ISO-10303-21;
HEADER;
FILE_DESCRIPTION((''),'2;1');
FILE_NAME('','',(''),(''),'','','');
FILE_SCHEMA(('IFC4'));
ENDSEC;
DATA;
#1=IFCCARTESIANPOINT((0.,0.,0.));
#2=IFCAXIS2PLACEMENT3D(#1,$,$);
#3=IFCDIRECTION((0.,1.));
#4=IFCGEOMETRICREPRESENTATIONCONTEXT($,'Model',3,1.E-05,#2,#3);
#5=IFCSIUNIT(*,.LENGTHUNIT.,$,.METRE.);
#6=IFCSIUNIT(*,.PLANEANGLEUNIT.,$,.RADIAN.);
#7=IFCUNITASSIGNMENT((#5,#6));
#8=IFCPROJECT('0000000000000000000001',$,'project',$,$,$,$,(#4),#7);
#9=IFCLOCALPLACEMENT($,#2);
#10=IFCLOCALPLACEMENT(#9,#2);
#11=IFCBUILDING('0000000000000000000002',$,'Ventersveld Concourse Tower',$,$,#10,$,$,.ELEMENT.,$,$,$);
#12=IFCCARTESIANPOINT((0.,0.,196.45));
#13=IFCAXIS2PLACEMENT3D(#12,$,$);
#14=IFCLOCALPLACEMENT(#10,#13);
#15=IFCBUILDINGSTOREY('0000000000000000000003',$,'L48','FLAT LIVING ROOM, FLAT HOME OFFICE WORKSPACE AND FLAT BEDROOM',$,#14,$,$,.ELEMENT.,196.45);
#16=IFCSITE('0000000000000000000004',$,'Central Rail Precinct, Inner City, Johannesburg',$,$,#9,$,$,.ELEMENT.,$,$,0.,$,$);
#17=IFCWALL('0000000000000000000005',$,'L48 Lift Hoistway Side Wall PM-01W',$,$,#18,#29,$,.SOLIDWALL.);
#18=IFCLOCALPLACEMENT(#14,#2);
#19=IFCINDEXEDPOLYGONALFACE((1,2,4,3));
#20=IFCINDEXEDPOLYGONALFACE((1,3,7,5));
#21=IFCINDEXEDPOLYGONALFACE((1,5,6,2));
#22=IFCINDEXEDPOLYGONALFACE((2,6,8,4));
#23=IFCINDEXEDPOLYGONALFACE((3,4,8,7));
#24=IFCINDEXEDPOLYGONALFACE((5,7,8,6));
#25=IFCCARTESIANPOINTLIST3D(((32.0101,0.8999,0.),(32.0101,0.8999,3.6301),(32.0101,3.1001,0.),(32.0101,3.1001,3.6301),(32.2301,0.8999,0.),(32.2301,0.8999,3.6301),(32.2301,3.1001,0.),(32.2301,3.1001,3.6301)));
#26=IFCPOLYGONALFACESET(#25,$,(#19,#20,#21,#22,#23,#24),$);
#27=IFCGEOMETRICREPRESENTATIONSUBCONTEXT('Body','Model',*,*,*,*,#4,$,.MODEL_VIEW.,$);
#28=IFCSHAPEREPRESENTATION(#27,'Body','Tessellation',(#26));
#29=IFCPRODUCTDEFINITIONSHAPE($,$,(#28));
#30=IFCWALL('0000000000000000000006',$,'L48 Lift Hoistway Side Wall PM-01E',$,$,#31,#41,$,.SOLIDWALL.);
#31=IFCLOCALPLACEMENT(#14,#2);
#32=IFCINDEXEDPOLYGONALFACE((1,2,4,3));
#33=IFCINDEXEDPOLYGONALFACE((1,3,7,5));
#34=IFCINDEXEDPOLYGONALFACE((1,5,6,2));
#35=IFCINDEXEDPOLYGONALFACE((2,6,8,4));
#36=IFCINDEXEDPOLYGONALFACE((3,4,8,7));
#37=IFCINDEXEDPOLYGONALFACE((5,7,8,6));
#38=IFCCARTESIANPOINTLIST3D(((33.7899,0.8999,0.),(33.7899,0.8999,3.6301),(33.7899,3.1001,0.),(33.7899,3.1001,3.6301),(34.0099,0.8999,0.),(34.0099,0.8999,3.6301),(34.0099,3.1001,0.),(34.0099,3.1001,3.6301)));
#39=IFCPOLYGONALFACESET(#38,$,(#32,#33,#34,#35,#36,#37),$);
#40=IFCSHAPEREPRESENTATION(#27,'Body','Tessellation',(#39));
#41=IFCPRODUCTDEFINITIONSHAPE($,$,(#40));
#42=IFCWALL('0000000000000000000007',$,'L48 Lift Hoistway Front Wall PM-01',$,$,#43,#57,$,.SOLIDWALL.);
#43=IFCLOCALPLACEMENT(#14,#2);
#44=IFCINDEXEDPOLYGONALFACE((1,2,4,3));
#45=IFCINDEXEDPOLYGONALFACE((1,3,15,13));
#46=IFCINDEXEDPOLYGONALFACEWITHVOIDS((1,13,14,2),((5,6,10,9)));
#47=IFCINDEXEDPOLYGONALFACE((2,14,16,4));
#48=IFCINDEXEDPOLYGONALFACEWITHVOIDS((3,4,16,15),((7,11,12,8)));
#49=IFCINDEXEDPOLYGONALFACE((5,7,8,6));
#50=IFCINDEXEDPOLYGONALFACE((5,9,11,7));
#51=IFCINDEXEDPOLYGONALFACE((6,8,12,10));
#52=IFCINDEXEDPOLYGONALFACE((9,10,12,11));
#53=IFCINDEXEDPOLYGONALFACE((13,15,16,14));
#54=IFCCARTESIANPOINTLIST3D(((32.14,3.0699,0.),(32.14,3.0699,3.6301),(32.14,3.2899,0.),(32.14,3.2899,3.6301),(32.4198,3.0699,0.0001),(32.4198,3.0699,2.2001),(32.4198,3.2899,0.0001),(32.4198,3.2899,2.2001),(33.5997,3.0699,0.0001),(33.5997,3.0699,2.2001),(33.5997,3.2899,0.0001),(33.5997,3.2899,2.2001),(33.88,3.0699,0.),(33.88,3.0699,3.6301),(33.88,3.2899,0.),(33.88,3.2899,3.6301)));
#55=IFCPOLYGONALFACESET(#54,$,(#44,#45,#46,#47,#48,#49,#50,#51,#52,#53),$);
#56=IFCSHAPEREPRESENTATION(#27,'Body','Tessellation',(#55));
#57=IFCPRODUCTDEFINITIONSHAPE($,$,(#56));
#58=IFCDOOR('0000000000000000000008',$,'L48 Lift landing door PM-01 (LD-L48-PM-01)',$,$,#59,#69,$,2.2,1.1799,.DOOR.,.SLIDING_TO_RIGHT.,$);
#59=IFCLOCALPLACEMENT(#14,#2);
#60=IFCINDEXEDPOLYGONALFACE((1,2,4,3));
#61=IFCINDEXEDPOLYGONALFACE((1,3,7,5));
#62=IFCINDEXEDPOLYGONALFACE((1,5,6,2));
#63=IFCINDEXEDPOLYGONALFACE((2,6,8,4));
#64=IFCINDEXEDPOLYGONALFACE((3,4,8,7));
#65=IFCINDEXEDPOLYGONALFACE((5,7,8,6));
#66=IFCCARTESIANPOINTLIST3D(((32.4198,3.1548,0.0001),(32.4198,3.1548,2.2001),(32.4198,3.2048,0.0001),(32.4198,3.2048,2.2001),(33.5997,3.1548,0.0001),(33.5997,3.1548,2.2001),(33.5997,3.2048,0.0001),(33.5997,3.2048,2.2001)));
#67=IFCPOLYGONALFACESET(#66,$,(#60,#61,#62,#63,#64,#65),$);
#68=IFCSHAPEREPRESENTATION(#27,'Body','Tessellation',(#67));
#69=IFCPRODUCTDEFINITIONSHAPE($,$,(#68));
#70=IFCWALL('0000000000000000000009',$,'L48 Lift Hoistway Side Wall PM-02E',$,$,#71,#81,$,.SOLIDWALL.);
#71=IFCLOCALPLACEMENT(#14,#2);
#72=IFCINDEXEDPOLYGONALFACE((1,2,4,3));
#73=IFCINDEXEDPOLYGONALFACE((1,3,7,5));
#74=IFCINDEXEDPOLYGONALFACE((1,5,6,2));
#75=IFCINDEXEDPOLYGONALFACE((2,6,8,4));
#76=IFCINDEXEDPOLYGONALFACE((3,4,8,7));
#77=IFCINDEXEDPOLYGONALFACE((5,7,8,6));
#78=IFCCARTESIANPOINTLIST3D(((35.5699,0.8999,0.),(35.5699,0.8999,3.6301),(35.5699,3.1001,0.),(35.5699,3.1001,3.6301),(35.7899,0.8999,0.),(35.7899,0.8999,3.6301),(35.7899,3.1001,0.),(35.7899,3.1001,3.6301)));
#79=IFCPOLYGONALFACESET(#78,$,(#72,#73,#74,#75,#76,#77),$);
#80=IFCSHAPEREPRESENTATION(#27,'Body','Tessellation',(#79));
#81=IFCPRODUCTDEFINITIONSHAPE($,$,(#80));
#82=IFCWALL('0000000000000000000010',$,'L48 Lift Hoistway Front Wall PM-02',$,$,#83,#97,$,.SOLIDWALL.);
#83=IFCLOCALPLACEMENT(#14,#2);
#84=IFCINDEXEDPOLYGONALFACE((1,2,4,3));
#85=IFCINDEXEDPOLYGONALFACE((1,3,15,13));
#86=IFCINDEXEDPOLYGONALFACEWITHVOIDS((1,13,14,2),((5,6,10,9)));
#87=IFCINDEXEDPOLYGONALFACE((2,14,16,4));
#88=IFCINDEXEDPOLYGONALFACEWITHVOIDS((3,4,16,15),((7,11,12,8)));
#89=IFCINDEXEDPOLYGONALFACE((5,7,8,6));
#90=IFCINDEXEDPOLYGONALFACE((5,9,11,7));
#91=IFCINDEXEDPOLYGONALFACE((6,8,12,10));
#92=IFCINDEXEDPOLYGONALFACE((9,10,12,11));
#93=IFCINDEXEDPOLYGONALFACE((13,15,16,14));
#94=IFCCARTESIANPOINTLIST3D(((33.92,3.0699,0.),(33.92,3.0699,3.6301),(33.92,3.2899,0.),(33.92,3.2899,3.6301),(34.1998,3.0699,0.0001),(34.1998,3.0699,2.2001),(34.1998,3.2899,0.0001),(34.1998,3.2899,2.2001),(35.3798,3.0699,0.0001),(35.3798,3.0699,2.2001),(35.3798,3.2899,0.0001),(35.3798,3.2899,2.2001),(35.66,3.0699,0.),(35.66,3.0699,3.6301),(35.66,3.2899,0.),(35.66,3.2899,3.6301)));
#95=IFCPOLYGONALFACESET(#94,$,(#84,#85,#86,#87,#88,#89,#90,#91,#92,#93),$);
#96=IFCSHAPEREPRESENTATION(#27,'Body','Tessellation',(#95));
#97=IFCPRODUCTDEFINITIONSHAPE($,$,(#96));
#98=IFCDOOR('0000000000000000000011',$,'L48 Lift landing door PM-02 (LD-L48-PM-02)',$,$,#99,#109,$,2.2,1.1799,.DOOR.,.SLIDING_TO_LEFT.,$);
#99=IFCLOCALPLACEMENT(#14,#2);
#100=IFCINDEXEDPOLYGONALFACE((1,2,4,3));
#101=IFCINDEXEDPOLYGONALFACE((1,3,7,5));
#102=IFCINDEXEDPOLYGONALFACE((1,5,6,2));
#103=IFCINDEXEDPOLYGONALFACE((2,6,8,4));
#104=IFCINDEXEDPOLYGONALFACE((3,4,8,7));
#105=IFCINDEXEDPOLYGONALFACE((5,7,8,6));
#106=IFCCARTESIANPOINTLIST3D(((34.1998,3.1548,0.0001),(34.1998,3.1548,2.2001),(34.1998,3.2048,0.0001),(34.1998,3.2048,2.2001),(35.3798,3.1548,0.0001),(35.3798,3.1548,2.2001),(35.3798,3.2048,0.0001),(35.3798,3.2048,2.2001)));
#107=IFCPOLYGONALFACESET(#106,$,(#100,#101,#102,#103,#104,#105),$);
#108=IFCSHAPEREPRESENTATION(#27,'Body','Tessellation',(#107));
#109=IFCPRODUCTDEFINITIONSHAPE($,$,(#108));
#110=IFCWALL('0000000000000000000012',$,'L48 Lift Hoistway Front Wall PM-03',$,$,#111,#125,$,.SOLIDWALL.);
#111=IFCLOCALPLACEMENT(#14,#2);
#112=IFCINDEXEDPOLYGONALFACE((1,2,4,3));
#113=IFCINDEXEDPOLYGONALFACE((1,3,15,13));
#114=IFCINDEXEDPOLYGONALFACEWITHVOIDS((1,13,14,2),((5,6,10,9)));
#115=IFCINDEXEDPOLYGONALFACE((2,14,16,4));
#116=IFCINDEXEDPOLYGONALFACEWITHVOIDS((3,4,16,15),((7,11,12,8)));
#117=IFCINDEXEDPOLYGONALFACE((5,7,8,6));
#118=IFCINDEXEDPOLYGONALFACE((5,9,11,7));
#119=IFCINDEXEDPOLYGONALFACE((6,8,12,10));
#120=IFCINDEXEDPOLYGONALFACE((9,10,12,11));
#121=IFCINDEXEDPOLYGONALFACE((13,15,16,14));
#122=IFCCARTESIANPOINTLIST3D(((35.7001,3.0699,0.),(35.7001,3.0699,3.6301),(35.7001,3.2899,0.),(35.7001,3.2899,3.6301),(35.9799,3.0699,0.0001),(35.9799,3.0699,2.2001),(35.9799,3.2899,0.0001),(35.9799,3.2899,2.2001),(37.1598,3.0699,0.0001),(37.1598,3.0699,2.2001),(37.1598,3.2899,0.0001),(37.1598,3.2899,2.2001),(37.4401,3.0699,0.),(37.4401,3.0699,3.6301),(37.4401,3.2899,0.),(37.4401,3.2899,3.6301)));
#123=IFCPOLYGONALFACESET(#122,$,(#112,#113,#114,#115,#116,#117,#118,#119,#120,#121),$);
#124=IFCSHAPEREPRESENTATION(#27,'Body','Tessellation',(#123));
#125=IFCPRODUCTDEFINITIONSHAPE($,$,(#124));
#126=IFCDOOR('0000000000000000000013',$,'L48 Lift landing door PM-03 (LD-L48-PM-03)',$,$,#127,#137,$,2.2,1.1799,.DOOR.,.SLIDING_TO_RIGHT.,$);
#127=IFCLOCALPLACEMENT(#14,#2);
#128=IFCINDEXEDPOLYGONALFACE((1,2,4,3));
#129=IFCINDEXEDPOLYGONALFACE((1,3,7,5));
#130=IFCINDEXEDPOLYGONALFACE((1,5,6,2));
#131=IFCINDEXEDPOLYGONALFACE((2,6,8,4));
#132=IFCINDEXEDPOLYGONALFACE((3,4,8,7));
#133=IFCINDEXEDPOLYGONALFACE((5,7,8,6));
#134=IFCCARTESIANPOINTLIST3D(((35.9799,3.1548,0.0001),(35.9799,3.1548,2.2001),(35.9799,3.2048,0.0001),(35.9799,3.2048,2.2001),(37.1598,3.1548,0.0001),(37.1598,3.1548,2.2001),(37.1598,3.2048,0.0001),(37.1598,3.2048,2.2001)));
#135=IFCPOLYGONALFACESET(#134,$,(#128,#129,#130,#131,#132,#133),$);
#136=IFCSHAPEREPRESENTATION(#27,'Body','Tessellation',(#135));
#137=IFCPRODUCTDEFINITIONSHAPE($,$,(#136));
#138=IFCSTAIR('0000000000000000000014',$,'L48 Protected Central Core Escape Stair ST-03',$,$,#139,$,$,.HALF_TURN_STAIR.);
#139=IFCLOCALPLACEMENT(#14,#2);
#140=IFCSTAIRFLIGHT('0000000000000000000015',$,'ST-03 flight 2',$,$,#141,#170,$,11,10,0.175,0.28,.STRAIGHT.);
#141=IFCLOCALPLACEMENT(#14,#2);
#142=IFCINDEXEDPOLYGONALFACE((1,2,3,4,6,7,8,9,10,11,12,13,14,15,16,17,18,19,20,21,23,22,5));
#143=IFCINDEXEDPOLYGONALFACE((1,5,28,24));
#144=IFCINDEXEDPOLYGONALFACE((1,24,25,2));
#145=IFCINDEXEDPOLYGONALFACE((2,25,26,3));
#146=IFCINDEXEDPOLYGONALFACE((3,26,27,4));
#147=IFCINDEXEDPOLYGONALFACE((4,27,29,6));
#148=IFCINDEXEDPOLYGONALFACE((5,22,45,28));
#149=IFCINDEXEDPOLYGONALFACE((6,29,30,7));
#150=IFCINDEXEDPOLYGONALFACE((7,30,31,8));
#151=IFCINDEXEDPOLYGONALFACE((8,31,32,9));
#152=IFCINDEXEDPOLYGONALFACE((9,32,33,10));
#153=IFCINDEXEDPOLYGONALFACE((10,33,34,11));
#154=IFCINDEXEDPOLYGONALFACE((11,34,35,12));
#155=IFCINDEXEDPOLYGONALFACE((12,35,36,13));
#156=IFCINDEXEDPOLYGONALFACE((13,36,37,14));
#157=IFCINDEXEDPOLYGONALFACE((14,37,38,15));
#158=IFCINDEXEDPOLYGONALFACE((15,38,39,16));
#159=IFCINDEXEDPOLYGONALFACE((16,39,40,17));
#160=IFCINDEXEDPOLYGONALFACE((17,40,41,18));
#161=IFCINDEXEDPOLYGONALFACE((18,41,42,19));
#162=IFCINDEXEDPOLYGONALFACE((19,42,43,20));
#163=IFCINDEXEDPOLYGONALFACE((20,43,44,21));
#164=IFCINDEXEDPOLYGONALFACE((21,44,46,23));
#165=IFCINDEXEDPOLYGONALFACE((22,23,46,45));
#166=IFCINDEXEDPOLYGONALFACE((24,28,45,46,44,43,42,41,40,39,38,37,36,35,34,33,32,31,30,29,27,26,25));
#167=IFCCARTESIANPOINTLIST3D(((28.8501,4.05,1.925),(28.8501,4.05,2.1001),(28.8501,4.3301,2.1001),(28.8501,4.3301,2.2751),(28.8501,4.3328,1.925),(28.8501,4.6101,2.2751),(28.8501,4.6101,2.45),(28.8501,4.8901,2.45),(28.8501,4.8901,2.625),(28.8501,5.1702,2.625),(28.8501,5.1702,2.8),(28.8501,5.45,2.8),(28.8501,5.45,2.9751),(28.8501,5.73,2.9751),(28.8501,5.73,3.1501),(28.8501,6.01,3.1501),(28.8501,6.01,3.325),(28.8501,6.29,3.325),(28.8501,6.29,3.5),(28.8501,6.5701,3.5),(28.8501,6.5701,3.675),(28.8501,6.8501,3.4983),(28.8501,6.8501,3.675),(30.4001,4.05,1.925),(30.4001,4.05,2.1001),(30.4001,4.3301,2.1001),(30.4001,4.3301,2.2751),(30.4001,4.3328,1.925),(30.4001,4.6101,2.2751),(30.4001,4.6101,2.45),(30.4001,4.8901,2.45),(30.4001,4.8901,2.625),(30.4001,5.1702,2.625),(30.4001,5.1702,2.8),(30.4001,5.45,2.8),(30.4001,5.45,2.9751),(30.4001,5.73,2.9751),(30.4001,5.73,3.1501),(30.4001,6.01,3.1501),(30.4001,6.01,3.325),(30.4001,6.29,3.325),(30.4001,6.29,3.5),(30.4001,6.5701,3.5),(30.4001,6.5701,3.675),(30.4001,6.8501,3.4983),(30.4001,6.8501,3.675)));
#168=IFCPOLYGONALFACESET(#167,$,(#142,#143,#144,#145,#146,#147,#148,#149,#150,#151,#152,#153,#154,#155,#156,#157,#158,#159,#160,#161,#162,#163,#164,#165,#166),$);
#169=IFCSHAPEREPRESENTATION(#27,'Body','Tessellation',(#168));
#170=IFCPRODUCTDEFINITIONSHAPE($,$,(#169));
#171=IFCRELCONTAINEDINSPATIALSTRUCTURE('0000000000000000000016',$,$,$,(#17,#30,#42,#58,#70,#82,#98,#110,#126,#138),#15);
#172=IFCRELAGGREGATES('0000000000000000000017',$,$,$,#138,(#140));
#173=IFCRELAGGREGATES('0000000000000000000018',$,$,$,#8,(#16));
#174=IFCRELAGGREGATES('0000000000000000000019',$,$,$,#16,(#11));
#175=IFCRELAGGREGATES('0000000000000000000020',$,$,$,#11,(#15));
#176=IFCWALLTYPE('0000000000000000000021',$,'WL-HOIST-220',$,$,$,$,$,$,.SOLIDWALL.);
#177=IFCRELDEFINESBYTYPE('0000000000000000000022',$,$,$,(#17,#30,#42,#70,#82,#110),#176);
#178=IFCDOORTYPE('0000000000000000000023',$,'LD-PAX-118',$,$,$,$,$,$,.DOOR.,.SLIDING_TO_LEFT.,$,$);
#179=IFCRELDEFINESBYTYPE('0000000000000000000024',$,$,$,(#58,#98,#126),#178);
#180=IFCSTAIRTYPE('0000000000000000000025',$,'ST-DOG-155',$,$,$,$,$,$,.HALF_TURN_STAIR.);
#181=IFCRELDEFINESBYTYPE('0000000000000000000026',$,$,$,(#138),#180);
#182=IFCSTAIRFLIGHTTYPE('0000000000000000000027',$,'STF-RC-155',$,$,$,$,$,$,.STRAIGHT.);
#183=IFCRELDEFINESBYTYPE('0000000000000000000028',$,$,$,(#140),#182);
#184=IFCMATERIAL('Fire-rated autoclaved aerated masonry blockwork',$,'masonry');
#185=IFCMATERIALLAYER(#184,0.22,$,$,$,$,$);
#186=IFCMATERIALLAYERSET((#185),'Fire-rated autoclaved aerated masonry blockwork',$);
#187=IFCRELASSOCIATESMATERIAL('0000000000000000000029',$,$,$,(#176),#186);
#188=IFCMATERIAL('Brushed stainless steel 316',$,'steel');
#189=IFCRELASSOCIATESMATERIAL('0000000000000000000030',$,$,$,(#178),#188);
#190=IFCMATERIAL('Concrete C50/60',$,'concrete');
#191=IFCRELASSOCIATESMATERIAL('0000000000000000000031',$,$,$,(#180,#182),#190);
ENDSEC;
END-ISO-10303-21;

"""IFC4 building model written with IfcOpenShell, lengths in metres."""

from ifc_helpers import new_model, si_unit, direction, frame, frame_2d, origin, place, context, subcontext, project, spatial, polyline, rectangle, outline, extrude, material, layer, layer_set, type_object, element, fill, aggregate, save


model = new_model("IFC4")

# Units and contexts
model_context = context("Model", 3, precision=1e-05, world=origin(), true_north=direction((0.0, 1.0)))
body_context = subcontext(model_context, "Body", "Model", "MODEL_VIEW")
ifc_project = project(units=[si_unit("LENGTHUNIT", "METRE"), si_unit("PLANEANGLEUNIT", "RADIAN")], contexts=[model_context])

# Site, building, storey
site_placement = place(None, origin())
site = spatial("IfcSite", under=ifc_project, at=site_placement, Name="Central Rail Precinct, Inner City, Johannesburg", CompositionType="ELEMENT", RefElevation=0.0)
building_placement = place(site_placement, origin())
building = spatial("IfcBuilding", under=site, at=building_placement, Name="Ventersveld Concourse Tower", CompositionType="ELEMENT")
storey_placement = place(building_placement, frame((0.0, 0.0, 196.45)))
storey = spatial("IfcBuildingStorey", under=building, at=storey_placement, Name="L48", Description="FLAT LIVING ROOM, FLAT HOME OFFICE WORKSPACE AND FLAT BEDROOM", CompositionType="ELEMENT", Elevation=196.45)

# Shared definitions
ifc_material_1 = material(Name="Concrete C50/60", Category="concrete")

# Walls
ifc_material_2 = material(Name="Fire-rated autoclaved aerated masonry blockwork", Category="masonry")
ifc_layer_1 = layer(ifc_material_2, 0.22)
ifc_layer_set_1 = layer_set([ifc_layer_1], Name="Fire-rated autoclaved aerated masonry blockwork")
wall_type_1 = type_object("IfcWallType", Name="WL-HOIST-220", PredefinedType="SOLIDWALL", material=ifc_layer_set_1)
for number, where, z_axis, x_axis, name in (
    (1, (32.1201, 0.8999, 0.0), (0.0, 0.0, 1.0), (0.0, 1.0, 0.0), "L48 Lift Hoistway Side Wall PM-01W"),
    (2, (33.8999, 0.8999, 0.0), (0.0, 0.0, 1.0), (0.0, 1.0, 0.0), "L48 Lift Hoistway Side Wall PM-01E"),
):
    element("IfcWall", number, at=place(storey_placement, frame(where, z_axis=z_axis, x_axis=x_axis)), inside=storey, type_object=wall_type_1, Name=name, PredefinedType="SOLIDWALL", context=body_context, shape_type="SweptSolid", body=[
        extrude(rectangle(XDim=2.2002, YDim=0.22, at=frame_2d((1.1001, 0.0))), origin(), (0.0, 0.0, 1.0), 3.6301),
    ])

# Wall, opening, door
wall_1_placement = place(storey_placement, frame((32.1399, 3.1799, 0.0), z_axis=(0.0, 0.0, 1.0), x_axis=(1.0, 0.0, 0.0)))
wall_1 = element("IfcWall", 3, at=wall_1_placement, inside=storey, type_object=wall_type_1, Name="L48 Lift Hoistway Front Wall PM-01", PredefinedType="SOLIDWALL", context=body_context, shape_type="SweptSolid", body=[
    extrude(rectangle(XDim=1.74, YDim=0.22, at=frame_2d((0.8701, 0.0))), origin(), (0.0, 0.0, 1.0), 3.6301),
])
opening_1_placement = place(wall_1_placement, frame((0.28, 0.0, 0.0)))
opening_1 = element("IfcOpeningElement", 4, at=opening_1_placement, cuts=wall_1, PredefinedType="OPENING", context=body_context, shape_type="SweptSolid", body=[
    extrude(rectangle(XDim=1.1799, YDim=2.2, at=frame_2d((0.5898, 1.1001))), frame((0.0, 0.1201, 0.0), z_axis=(0.0, -1.0, 0.0), x_axis=(1.0, 0.0, 0.0)), (0.0, 0.0, 1.0), 0.24),
])
ifc_material_3 = material(Name="Brushed stainless steel 316", Category="steel")
door_type = type_object("IfcDoorType", Name="LD-PAX-118", OperationType="SLIDING_TO_LEFT", PredefinedType="DOOR", material=ifc_material_3)
door_1_placement = place(opening_1_placement, origin())
door_1 = element("IfcDoor", 5, at=door_1_placement, inside=storey, type_object=door_type, Name="L48 Lift landing door PM-01 (LD-L48-PM-01)", OperationType="SLIDING_TO_RIGHT", OverallHeight=2.2, OverallWidth=1.1799, PredefinedType="DOOR", context=body_context, shape_type="SweptSolid", body=[
    extrude(rectangle(XDim=1.1799, YDim=2.2, at=frame_2d((0.5898, 1.1001))), frame((0.0, 0.0249, 0.0), z_axis=(0.0, -1.0, 0.0), x_axis=(1.0, 0.0, 0.0)), (0.0, 0.0, 1.0), 0.05),
])
fill(opening_1, door_1)

# Wall
wall_2_placement = place(storey_placement, frame((35.6799, 0.8999, 0.0), z_axis=(0.0, 0.0, 1.0), x_axis=(0.0, 1.0, 0.0)))
element("IfcWall", 6, at=wall_2_placement, inside=storey, type_object=wall_type_1, Name="L48 Lift Hoistway Side Wall PM-02E", PredefinedType="SOLIDWALL", context=body_context, shape_type="SweptSolid", body=[
    extrude(rectangle(XDim=2.2002, YDim=0.22, at=frame_2d((1.1001, 0.0))), origin(), (0.0, 0.0, 1.0), 3.6301),
])

# Walls, openings, doors
wall_3_placement = place(storey_placement, frame((33.9199, 3.1799, 0.0), z_axis=(0.0, 0.0, 1.0), x_axis=(1.0, 0.0, 0.0)))
wall_3 = element("IfcWall", 7, at=wall_3_placement, inside=storey, type_object=wall_type_1, Name="L48 Lift Hoistway Front Wall PM-02", PredefinedType="SOLIDWALL", context=body_context, shape_type="SweptSolid", body=[
    extrude(rectangle(XDim=1.74, YDim=0.22, at=frame_2d((0.8701, 0.0))), origin(), (0.0, 0.0, 1.0), 3.6301),
])
opening_2_placement = place(wall_3_placement, frame((0.28, 0.0, 0.0)))
opening_2 = element("IfcOpeningElement", 8, at=opening_2_placement, cuts=wall_3, PredefinedType="OPENING", context=body_context, shape_type="SweptSolid", body=[
    extrude(rectangle(XDim=1.1799, YDim=2.2, at=frame_2d((0.5898, 1.1001))), frame((0.0, 0.1201, 0.0), z_axis=(0.0, -1.0, 0.0), x_axis=(1.0, 0.0, 0.0)), (0.0, 0.0, 1.0), 0.24),
])
door_2_placement = place(opening_2_placement, origin())
door_2 = element("IfcDoor", 9, at=door_2_placement, inside=storey, type_object=door_type, Name="L48 Lift landing door PM-02 (LD-L48-PM-02)", OperationType="SLIDING_TO_LEFT", OverallHeight=2.2, OverallWidth=1.1799, PredefinedType="DOOR", context=body_context, shape_type="SweptSolid", body=[
    extrude(rectangle(XDim=1.1799, YDim=2.2, at=frame_2d((0.5898, 1.1001))), frame((0.0, 0.0249, 0.0), z_axis=(0.0, -1.0, 0.0), x_axis=(1.0, 0.0, 0.0)), (0.0, 0.0, 1.0), 0.05),
])
fill(opening_2, door_2)
wall_4_placement = place(storey_placement, frame((35.7, 3.1799, 0.0), z_axis=(0.0, 0.0, 1.0), x_axis=(1.0, 0.0, 0.0)))
wall_4 = element("IfcWall", 10, at=wall_4_placement, inside=storey, type_object=wall_type_1, Name="L48 Lift Hoistway Front Wall PM-03", PredefinedType="SOLIDWALL", context=body_context, shape_type="SweptSolid", body=[
    extrude(rectangle(XDim=1.74, YDim=0.22, at=frame_2d((0.8701, 0.0))), origin(), (0.0, 0.0, 1.0), 3.6301),
])
opening_3_placement = place(wall_4_placement, frame((0.28, 0.0, 0.0)))
opening_3 = element("IfcOpeningElement", 11, at=opening_3_placement, cuts=wall_4, PredefinedType="OPENING", context=body_context, shape_type="SweptSolid", body=[
    extrude(rectangle(XDim=1.1799, YDim=2.2, at=frame_2d((0.5898, 1.1001))), frame((0.0, 0.1201, 0.0), z_axis=(0.0, -1.0, 0.0), x_axis=(1.0, 0.0, 0.0)), (0.0, 0.0, 1.0), 0.24),
])
door_3_placement = place(opening_3_placement, origin())
door_3 = element("IfcDoor", 12, at=door_3_placement, inside=storey, type_object=door_type, Name="L48 Lift landing door PM-03 (LD-L48-PM-03)", OperationType="SLIDING_TO_RIGHT", OverallHeight=2.2, OverallWidth=1.1799, PredefinedType="DOOR", context=body_context, shape_type="SweptSolid", body=[
    extrude(rectangle(XDim=1.1799, YDim=2.2, at=frame_2d((0.5898, 1.1001))), frame((0.0, 0.0249, 0.0), z_axis=(0.0, -1.0, 0.0), x_axis=(1.0, 0.0, 0.0)), (0.0, 0.0, 1.0), 0.05),
])
fill(opening_3, door_3)

# Stair, stair flight
stair_type = type_object("IfcStairType", Name="ST-DOG-155", PredefinedType="HALF_TURN_STAIR", material=ifc_material_1)
stair_placement = place(storey_placement, origin())
stair = element("IfcStair", 13, at=stair_placement, inside=storey, type_object=stair_type, Name="L48 Protected Central Core Escape Stair ST-03", PredefinedType="HALF_TURN_STAIR")
stair_flight_type = type_object("IfcStairFlightType", Name="STF-RC-155", PredefinedType="STRAIGHT", material=ifc_material_1)
stair_flight_placement = place(storey_placement, frame((29.625, 4.05, 1.925), z_axis=(0.0, 0.0, 1.0), x_axis=(0.0, 1.0, 0.0)))
stair_flight = element("IfcStairFlight", 14, at=stair_flight_placement, type_object=stair_flight_type, Name="ST-03 flight 2", NumberOfRisers=11, NumberOfTreads=10, PredefinedType="STRAIGHT", RiserHeight=0.175, TreadLength=0.28, context=body_context, shape_type="SweptSolid", body=[
    extrude(outline(polyline([(0.0, 0.0), (0.0, 0.175), (0.28, 0.175), (0.28, 0.3501), (0.5601, 0.3501), (0.5601, 0.5249), (0.8401, 0.5249), (0.8401, 0.7), (1.1201, 0.7), (1.1201, 0.875), (1.3999, 0.875), (1.3999, 1.05), (1.6799, 1.05), (1.6799, 1.2251), (1.96, 1.2251), (1.96, 1.3999), (2.24, 1.3999), (2.24, 1.575), (2.52, 1.575), (2.52, 1.75), (2.8, 1.75), (2.8, 1.925), (2.8, 1.5732), (0.2827, 0.0), (0.0, 0.0)])), frame((0.0, 0.7749, 0.0), z_axis=(0.0, -1.0, 0.0), x_axis=(1.0, 0.0, 0.0)), (0.0, 0.0, 1.0), 1.55),
])
aggregate(stair, [stair_flight])

save(model, "model.ifc")
